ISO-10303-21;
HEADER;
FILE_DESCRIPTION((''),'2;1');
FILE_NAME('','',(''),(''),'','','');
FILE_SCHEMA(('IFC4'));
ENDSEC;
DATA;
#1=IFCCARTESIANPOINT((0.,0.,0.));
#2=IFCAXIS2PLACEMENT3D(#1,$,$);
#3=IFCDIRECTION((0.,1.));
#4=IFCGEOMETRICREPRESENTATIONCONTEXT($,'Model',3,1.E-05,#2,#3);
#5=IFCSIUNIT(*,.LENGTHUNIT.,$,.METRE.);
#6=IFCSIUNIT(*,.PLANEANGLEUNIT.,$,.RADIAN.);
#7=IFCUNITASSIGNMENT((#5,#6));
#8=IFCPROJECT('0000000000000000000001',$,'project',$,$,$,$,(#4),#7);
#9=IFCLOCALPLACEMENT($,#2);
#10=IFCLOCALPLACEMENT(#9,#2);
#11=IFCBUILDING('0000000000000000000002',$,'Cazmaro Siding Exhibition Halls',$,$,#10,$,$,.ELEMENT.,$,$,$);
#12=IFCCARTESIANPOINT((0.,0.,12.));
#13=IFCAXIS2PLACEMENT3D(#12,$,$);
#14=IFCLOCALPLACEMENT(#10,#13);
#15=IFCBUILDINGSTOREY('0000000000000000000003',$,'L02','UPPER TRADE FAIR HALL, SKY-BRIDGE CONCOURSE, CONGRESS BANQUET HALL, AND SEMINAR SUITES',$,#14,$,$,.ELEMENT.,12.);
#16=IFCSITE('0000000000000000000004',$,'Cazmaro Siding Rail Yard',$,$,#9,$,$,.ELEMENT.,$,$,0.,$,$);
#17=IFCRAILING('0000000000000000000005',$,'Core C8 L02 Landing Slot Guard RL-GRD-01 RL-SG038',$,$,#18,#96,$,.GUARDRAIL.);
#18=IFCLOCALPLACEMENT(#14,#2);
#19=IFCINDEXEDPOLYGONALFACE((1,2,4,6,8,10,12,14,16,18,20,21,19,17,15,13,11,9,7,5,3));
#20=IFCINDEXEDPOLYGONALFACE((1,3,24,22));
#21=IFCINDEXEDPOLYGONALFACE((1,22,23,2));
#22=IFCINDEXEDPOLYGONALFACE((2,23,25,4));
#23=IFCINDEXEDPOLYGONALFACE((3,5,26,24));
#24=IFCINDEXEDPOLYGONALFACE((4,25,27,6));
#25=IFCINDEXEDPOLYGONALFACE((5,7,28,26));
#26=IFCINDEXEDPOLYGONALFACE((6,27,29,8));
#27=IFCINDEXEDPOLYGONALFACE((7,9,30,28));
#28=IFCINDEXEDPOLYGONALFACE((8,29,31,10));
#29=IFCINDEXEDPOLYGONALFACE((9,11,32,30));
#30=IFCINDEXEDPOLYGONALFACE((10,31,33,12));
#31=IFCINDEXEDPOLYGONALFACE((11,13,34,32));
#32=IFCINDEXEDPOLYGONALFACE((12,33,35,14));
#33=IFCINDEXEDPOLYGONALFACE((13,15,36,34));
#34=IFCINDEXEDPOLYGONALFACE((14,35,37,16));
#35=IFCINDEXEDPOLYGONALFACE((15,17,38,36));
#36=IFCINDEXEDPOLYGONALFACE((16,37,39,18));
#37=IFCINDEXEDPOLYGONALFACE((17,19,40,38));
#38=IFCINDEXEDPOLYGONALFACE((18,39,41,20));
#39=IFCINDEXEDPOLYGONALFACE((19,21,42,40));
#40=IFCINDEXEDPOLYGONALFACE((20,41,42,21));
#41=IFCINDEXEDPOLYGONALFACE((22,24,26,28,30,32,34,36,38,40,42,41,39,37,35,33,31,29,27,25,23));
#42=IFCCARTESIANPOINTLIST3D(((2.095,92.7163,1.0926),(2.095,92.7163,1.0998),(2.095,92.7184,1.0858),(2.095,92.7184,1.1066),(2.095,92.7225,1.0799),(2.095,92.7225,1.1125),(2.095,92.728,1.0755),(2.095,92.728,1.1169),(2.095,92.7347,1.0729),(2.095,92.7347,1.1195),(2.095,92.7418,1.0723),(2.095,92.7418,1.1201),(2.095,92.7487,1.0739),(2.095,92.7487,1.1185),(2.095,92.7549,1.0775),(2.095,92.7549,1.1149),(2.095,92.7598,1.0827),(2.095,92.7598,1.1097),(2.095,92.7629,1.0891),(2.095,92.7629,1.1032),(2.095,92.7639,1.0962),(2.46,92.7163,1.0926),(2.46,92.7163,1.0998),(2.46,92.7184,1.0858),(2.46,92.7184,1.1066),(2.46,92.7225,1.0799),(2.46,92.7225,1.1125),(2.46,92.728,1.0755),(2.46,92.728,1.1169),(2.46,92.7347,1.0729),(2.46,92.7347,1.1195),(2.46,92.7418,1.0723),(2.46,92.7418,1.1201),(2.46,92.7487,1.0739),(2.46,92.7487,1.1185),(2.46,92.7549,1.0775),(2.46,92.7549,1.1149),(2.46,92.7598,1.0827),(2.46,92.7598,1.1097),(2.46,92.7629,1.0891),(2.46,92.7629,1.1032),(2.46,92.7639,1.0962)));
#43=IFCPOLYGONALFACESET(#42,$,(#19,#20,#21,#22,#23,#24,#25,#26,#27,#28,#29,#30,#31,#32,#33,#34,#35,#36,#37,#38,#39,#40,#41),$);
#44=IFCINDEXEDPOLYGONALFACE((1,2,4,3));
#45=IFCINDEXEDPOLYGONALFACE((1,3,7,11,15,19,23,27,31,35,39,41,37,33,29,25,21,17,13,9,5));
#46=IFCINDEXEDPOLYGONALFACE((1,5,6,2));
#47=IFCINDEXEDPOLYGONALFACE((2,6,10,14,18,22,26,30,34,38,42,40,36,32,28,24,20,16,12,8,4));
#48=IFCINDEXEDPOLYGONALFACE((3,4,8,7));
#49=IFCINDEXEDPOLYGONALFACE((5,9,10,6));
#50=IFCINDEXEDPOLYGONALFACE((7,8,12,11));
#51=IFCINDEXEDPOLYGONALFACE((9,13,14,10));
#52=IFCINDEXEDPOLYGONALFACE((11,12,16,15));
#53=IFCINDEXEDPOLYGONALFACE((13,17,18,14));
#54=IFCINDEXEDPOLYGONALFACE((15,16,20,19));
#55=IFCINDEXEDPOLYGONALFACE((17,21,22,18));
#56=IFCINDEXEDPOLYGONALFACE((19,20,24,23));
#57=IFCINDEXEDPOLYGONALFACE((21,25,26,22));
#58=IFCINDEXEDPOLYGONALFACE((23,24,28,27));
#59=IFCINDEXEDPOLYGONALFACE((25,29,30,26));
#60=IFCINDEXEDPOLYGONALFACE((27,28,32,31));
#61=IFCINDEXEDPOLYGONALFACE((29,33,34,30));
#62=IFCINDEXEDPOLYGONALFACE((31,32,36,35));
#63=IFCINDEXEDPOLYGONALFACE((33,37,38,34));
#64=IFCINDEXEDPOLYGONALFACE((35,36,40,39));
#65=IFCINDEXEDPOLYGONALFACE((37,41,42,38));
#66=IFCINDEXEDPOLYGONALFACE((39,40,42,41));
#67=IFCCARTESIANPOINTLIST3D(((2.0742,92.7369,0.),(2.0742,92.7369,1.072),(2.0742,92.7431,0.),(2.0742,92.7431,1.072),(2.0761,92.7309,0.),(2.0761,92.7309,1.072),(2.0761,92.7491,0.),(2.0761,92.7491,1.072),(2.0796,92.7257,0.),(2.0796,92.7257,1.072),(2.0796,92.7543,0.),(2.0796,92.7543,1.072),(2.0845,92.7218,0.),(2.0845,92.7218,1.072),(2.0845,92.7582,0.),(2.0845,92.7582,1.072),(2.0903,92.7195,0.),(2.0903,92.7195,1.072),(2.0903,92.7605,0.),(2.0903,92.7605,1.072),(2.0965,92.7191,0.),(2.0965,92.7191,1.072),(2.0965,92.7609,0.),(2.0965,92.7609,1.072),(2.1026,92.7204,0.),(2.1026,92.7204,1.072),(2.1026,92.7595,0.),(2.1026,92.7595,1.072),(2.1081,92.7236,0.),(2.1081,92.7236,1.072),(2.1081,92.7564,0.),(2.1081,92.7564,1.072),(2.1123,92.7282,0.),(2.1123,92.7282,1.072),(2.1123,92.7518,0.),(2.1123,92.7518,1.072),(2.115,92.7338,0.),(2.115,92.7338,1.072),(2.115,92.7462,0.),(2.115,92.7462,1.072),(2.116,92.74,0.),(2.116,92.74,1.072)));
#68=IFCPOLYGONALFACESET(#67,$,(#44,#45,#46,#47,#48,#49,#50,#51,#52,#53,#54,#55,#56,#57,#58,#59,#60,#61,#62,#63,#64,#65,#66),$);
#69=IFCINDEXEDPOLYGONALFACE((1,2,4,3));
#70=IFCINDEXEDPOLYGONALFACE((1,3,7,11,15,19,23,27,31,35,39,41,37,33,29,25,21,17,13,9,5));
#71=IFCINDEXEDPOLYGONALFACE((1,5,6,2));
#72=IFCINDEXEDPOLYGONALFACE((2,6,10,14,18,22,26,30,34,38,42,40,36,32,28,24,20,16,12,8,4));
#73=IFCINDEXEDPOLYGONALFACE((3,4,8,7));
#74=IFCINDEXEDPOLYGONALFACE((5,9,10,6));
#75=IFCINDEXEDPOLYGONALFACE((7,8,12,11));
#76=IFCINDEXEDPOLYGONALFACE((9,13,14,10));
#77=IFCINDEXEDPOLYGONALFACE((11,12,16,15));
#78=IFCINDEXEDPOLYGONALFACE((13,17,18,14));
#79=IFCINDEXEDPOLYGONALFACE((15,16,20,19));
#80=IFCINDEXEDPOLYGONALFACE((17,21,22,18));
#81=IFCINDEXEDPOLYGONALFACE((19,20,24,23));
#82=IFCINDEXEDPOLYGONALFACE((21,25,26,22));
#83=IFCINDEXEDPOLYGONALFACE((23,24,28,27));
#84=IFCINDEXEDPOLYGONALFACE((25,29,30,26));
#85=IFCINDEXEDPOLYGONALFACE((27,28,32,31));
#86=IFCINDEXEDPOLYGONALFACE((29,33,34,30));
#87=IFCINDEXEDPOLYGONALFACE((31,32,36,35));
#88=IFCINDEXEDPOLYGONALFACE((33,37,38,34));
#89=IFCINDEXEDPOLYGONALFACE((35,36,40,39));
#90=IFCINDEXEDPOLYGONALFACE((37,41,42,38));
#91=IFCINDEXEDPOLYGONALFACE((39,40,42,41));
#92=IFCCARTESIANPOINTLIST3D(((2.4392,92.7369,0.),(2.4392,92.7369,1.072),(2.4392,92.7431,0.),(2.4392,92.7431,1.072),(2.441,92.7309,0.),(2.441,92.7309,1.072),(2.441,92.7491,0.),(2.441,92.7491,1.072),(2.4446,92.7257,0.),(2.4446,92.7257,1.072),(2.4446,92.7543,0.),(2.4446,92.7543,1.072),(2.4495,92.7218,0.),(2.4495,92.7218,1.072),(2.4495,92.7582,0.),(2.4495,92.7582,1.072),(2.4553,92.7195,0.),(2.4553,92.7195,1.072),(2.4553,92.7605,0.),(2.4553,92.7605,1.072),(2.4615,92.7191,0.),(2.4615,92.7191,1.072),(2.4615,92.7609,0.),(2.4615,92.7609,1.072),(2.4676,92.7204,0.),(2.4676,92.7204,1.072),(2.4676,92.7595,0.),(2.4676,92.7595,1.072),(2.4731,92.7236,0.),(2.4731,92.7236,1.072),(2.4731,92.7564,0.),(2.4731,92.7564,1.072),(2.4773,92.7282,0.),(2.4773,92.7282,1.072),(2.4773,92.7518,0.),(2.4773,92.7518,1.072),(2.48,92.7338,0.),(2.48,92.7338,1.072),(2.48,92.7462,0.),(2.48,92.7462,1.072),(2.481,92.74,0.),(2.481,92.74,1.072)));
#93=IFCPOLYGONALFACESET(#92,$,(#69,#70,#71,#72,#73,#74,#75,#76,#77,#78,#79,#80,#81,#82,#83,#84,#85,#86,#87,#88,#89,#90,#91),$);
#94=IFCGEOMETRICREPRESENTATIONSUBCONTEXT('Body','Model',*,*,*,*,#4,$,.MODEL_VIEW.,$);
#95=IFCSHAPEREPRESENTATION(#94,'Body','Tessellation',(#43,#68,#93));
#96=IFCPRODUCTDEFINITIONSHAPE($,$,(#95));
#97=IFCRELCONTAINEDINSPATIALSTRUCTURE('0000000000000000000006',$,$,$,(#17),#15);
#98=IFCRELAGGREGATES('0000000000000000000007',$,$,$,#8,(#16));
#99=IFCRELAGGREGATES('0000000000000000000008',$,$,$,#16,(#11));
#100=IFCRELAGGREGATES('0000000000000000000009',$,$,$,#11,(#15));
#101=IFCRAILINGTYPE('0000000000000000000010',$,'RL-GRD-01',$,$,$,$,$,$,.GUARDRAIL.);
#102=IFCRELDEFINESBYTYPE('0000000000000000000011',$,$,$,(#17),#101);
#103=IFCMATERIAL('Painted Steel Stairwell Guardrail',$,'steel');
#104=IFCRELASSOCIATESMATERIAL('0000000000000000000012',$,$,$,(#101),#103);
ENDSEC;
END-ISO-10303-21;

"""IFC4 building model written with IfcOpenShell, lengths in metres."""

from ifc_helpers import new_model, si_unit, direction, frame, origin, origin_2d, place, context, subcontext, project, spatial, circle, extrude, material, type_object, element, save


model = new_model("IFC4")

# Units and contexts
model_context = context("Model", 3, precision=1e-05, world=origin(), true_north=direction((0.0, 1.0)))
body_context = subcontext(model_context, "Body", "Model", "MODEL_VIEW")
ifc_project = project(units=[si_unit("LENGTHUNIT", "METRE"), si_unit("PLANEANGLEUNIT", "RADIAN")], contexts=[model_context])

# Site, building, storey
site_placement = place(None, origin())
site = spatial("IfcSite", under=ifc_project, at=site_placement, Name="Cazmaro Siding Rail Yard", CompositionType="ELEMENT", RefElevation=0.0)
building_placement = place(site_placement, origin())
building = spatial("IfcBuilding", under=site, at=building_placement, Name="Cazmaro Siding Exhibition Halls", CompositionType="ELEMENT")
storey_placement = place(building_placement, frame((0.0, 0.0, 12.0)))
storey = spatial("IfcBuildingStorey", under=building, at=storey_placement, Name="L02", Description="UPPER TRADE FAIR HALL, SKY-BRIDGE CONCOURSE, CONGRESS BANQUET HALL, AND SEMINAR SUITES", CompositionType="ELEMENT", Elevation=12.0)

# Railing
ifc_material_1 = material(Name="Painted Steel Stairwell Guardrail", Category="steel")
railing_type_1 = type_object("IfcRailingType", Name="RL-GRD-01", PredefinedType="GUARDRAIL", material=ifc_material_1)
railing_placement = place(storey_placement, frame((2.095, 92.74, 0.0)))
element("IfcRailing", 1, at=railing_placement, inside=storey, type_object=railing_type_1, Name="Core C8 L02 Landing Slot Guard RL-GRD-01 RL-SG038", PredefinedType="GUARDRAIL", context=body_context, shape_type="SweptSolid", body=[
    extrude(circle(Radius=0.0239, at=origin_2d()), frame((0.0, 0.0, 1.0962), z_axis=(1.0, 0.0, 0.0), x_axis=(0.0, 1.0, 0.0)), (0.0, 0.0, 1.0), 0.365),
    extrude(circle(Radius=0.021, at=origin_2d()), origin(), (0.0, 0.0, 1.0), 1.072),
    extrude(circle(Radius=0.021, at=origin_2d()), frame((0.365, 0.0, 0.0)), (0.0, 0.0, 1.0), 1.072),
])

save(model, "model.ifc")
